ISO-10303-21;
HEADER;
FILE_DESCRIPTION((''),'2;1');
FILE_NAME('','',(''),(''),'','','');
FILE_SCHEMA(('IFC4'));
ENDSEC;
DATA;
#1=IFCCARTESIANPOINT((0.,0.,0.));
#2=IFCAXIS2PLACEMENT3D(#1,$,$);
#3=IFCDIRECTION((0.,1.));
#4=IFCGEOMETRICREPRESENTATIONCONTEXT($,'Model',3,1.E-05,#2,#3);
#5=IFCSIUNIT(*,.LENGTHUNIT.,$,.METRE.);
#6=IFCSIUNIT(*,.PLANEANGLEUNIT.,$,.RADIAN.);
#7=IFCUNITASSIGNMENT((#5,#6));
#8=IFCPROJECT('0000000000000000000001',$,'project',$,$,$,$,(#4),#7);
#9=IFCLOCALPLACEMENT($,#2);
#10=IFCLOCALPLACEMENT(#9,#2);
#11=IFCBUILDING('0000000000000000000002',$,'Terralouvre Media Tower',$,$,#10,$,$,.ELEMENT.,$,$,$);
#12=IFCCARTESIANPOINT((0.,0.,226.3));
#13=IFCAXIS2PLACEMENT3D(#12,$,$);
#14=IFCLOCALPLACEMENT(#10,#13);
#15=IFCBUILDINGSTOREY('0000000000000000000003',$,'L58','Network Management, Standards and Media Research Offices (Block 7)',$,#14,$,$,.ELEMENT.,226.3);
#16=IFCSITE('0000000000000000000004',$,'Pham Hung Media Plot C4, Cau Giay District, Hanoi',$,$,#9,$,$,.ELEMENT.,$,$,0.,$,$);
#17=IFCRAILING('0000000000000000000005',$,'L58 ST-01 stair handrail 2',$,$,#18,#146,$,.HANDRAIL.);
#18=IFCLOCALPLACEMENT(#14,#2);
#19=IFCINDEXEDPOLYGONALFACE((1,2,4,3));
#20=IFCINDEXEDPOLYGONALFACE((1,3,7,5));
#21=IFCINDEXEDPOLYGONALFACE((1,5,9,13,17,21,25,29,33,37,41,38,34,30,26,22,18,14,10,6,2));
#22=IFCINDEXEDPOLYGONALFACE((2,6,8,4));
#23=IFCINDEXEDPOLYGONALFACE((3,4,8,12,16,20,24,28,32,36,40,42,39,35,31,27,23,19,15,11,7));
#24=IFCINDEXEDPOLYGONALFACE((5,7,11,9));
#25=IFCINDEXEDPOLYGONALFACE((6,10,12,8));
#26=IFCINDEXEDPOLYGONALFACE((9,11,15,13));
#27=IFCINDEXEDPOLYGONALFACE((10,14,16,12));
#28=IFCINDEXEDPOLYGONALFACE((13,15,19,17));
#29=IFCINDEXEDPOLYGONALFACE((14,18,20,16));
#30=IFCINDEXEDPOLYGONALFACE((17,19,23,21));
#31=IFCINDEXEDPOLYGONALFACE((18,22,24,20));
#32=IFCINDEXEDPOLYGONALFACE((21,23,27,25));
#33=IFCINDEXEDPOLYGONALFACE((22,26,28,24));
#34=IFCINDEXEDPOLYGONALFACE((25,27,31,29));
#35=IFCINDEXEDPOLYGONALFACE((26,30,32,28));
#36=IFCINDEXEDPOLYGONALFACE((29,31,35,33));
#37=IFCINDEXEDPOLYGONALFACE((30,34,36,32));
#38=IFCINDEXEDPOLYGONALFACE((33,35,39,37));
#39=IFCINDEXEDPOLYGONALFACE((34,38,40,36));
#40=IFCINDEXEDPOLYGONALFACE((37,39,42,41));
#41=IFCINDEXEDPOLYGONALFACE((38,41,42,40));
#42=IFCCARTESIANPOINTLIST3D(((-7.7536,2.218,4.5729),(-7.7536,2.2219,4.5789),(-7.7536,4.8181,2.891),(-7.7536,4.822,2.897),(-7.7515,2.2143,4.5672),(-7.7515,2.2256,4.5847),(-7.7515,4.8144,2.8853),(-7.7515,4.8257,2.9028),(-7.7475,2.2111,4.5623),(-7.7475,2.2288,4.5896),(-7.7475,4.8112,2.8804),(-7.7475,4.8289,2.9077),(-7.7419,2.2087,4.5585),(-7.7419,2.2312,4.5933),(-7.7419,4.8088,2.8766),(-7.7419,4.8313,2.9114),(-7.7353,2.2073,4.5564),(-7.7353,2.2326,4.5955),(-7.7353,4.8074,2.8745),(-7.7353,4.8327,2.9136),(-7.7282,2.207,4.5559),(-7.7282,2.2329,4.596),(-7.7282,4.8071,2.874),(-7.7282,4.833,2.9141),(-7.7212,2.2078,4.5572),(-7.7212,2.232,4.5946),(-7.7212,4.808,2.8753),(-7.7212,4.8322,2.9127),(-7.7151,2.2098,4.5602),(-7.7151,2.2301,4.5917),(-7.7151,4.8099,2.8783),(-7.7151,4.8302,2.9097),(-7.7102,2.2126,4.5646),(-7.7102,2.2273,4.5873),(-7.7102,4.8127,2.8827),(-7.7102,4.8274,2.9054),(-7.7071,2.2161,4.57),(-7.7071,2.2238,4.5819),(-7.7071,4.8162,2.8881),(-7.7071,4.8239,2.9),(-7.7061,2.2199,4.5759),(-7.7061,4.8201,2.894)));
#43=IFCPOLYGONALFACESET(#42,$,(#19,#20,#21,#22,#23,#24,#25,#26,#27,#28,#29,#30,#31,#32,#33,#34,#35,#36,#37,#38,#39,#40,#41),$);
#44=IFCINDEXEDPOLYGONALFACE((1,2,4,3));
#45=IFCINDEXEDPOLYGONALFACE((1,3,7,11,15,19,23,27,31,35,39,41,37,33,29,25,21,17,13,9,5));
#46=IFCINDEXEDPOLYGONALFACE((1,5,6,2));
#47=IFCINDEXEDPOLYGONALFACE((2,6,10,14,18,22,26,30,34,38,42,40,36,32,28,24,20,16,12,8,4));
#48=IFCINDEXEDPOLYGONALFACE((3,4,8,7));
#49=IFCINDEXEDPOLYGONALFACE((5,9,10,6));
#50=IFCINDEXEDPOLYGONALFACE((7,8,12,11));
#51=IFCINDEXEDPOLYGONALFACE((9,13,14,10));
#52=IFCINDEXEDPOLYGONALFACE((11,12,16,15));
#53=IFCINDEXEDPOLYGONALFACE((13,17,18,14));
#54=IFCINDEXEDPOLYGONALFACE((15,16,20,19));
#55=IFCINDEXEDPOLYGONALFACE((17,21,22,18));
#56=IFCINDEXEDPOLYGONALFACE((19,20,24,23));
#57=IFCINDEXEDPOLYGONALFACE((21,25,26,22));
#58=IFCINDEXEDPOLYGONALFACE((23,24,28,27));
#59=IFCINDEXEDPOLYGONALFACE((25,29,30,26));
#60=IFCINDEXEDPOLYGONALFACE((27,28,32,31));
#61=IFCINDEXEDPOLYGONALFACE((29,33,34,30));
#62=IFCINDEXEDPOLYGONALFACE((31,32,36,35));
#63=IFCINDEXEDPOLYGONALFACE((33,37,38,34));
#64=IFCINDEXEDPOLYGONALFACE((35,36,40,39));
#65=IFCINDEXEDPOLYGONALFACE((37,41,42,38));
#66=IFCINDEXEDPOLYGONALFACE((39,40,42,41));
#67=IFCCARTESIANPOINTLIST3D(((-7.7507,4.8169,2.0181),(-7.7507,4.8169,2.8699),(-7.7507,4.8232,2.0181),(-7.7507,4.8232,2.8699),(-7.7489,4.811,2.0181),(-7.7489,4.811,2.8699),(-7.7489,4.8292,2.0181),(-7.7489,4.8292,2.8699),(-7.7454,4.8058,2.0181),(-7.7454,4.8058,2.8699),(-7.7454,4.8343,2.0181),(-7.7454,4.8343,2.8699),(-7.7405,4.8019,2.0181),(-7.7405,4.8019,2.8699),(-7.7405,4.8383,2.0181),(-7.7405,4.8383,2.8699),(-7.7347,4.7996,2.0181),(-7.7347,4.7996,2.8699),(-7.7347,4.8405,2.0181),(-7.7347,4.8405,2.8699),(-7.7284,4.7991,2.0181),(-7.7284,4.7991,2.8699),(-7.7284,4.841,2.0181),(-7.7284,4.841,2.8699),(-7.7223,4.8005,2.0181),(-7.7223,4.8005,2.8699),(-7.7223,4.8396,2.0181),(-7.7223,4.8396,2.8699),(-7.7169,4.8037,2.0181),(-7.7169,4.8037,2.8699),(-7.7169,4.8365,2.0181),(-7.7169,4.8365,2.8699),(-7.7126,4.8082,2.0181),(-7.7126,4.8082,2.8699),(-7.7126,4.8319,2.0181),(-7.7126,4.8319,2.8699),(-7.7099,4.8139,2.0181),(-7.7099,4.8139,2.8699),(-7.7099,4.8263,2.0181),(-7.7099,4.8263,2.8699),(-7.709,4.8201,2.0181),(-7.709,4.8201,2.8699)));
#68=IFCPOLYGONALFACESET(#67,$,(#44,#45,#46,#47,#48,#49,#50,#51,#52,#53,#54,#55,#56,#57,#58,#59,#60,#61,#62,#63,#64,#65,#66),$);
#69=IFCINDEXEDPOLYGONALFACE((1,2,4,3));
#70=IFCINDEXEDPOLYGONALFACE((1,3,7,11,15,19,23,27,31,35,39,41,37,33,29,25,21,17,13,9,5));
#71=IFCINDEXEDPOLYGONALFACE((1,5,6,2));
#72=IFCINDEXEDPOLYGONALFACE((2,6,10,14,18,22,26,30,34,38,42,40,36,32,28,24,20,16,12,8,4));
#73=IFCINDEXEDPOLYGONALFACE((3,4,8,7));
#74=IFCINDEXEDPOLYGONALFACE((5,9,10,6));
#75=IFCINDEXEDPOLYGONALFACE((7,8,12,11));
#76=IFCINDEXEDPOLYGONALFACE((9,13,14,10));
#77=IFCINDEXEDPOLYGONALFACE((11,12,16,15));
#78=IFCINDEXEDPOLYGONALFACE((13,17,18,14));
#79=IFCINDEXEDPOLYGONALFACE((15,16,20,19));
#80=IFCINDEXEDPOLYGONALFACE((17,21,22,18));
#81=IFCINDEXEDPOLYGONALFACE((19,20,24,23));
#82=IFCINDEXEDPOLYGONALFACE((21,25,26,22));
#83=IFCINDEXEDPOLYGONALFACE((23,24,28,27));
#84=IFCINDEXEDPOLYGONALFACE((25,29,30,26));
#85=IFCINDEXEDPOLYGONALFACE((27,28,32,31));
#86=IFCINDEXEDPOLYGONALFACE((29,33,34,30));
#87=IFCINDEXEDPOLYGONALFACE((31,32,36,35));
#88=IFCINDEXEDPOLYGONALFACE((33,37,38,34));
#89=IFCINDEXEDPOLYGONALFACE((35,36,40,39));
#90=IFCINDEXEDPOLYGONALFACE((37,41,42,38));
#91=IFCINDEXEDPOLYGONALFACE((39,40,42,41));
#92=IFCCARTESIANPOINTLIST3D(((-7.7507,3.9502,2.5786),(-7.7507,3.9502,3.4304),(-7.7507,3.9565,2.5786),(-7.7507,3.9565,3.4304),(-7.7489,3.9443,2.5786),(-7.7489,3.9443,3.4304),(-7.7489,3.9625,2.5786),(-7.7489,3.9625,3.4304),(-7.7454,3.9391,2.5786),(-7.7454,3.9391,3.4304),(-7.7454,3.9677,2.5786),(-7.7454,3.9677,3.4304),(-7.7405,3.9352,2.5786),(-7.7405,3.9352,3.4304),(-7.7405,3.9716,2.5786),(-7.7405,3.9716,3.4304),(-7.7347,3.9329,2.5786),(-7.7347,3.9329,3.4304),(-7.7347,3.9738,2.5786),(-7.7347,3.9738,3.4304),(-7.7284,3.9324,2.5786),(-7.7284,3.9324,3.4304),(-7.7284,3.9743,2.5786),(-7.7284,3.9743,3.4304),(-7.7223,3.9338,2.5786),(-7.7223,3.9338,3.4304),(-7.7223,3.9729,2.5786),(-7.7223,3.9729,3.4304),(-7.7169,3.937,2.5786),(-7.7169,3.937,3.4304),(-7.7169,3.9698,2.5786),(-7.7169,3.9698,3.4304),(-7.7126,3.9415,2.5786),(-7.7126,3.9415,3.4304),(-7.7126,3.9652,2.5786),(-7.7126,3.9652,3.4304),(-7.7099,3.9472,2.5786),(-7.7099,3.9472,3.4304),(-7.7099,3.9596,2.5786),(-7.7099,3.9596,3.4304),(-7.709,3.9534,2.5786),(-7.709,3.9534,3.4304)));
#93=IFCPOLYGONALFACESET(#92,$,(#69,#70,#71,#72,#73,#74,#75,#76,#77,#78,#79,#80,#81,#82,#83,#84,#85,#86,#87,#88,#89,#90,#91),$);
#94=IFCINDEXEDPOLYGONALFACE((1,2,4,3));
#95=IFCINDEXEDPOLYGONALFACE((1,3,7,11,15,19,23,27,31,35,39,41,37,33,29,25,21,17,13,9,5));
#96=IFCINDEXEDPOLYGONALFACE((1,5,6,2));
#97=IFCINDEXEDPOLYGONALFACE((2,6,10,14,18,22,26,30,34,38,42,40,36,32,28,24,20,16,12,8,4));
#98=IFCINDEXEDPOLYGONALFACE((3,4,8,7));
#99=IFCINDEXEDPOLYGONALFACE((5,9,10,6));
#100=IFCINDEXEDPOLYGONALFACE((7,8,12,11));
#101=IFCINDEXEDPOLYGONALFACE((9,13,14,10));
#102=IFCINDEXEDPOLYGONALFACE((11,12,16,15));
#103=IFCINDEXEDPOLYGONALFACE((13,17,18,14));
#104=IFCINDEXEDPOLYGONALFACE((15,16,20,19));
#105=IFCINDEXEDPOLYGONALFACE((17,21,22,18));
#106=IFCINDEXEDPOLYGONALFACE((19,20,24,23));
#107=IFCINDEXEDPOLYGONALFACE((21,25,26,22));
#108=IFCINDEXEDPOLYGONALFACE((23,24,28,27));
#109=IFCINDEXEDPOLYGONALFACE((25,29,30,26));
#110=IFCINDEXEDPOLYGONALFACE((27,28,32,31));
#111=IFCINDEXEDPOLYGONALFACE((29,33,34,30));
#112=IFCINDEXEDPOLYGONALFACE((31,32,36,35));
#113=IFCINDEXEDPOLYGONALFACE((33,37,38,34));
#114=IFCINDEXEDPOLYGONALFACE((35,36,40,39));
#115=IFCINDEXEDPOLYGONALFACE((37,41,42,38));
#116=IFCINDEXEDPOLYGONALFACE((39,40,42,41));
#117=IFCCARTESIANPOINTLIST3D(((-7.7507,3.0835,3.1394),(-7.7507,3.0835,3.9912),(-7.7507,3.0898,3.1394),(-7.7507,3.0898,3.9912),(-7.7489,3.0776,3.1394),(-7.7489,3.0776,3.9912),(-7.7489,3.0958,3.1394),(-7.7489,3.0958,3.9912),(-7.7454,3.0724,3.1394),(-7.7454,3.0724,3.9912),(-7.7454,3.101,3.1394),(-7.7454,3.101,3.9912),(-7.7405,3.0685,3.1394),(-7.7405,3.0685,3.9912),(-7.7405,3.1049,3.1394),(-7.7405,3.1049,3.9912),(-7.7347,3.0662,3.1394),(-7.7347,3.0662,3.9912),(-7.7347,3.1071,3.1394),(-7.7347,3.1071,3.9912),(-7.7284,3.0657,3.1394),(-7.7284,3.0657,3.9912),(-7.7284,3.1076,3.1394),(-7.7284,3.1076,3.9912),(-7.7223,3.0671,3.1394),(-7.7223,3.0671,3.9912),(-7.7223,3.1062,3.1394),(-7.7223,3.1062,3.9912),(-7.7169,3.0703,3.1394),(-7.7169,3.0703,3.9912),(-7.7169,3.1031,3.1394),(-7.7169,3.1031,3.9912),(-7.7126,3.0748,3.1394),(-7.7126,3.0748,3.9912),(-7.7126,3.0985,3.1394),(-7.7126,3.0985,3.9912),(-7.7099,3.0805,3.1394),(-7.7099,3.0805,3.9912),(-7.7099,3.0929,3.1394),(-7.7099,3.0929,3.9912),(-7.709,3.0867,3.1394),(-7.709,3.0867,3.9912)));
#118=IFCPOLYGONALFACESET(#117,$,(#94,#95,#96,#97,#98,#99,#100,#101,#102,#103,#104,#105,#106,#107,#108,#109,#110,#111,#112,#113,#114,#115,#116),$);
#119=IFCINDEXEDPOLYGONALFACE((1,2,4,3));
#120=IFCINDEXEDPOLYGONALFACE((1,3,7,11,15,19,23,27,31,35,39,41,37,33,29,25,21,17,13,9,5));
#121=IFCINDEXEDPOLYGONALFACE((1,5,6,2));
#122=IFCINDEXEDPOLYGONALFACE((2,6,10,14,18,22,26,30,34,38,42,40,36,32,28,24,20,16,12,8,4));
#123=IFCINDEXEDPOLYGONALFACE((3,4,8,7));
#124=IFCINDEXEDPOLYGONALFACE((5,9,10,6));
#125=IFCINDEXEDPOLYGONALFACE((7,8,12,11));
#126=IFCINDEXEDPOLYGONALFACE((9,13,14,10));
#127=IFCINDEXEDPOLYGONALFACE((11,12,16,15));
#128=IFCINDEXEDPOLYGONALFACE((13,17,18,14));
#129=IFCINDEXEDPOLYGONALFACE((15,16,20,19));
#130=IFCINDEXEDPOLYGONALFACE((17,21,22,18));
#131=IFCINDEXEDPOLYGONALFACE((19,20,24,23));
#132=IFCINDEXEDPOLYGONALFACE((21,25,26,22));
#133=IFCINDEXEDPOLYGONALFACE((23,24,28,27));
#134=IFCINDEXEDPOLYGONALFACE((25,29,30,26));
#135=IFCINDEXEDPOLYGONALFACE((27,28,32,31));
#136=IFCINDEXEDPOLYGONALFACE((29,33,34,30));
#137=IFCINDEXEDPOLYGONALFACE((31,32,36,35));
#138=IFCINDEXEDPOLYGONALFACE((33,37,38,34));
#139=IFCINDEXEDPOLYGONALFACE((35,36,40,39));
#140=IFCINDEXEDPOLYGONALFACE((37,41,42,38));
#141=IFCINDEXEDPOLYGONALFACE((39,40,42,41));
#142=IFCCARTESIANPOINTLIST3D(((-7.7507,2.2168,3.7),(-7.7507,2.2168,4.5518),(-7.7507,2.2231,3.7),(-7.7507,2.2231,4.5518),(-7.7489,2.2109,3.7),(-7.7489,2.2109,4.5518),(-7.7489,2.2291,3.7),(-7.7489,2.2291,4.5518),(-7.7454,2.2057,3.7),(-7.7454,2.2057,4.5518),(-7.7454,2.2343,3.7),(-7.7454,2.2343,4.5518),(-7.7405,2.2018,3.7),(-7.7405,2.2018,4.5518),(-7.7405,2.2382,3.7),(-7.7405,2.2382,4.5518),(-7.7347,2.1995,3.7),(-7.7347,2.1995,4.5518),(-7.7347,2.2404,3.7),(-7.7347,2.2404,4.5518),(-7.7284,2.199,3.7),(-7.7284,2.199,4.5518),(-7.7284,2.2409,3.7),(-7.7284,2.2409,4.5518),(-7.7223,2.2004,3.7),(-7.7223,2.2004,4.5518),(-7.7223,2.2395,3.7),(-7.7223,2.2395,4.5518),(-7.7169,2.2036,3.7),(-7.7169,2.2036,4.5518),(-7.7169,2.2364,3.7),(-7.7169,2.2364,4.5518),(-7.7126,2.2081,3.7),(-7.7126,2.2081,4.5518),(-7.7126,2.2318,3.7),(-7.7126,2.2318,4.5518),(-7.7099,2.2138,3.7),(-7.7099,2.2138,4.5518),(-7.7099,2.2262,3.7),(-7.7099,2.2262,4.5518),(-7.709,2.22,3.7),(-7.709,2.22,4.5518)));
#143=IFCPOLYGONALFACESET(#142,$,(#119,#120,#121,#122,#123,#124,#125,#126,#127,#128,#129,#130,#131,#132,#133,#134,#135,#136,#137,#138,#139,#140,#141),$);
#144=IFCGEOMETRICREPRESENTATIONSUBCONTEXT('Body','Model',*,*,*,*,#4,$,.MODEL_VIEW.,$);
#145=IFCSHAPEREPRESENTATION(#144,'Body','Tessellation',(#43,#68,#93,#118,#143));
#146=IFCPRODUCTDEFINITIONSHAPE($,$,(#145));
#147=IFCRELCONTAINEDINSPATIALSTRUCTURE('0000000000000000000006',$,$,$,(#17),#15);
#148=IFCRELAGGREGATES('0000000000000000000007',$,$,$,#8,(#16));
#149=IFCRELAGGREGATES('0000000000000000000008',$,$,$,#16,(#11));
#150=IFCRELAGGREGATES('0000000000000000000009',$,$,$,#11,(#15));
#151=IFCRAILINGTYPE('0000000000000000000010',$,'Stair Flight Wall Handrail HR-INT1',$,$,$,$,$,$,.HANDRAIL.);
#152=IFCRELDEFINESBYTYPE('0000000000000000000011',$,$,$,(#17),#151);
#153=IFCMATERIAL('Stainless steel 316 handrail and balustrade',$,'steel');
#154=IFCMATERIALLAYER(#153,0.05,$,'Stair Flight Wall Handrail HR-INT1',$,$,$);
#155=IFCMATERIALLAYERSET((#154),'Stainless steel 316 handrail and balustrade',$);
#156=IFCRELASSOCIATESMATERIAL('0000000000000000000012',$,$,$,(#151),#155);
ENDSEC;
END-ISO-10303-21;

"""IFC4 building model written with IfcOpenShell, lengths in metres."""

from ifc_helpers import new_model, si_unit, direction, frame, origin, origin_2d, place, context, subcontext, project, spatial, circle, extrude, material, layer, layer_set, type_object, element, save


model = new_model("IFC4")

# Units and contexts
model_context = context("Model", 3, precision=1e-05, world=origin(), true_north=direction((0.0, 1.0)))
body_context = subcontext(model_context, "Body", "Model", "MODEL_VIEW")
ifc_project = project(units=[si_unit("LENGTHUNIT", "METRE"), si_unit("PLANEANGLEUNIT", "RADIAN")], contexts=[model_context])

# Site, building, storey
site_placement = place(None, origin())
site = spatial("IfcSite", under=ifc_project, at=site_placement, Name="Pham Hung Media Plot C4, Cau Giay District, Hanoi", CompositionType="ELEMENT", RefElevation=0.0)
building_placement = place(site_placement, origin())
building = spatial("IfcBuilding", under=site, at=building_placement, Name="Terralouvre Media Tower", CompositionType="ELEMENT")
storey_placement = place(building_placement, frame((0.0, 0.0, 226.3)))
storey = spatial("IfcBuildingStorey", under=building, at=storey_placement, Name="L58", Description="Network Management, Standards and Media Research Offices (Block 7)", CompositionType="ELEMENT", Elevation=226.3)

# Railing
ifc_material_1 = material(Name="Stainless steel 316 handrail and balustrade", Category="steel")
ifc_layer_1 = layer(ifc_material_1, 0.05, Name="Stair Flight Wall Handrail HR-INT1")
ifc_layer_set_1 = layer_set([ifc_layer_1], Name="Stainless steel 316 handrail and balustrade")
railing_type_1 = type_object("IfcRailingType", Name="Stair Flight Wall Handrail HR-INT1", PredefinedType="HANDRAIL", material=ifc_layer_set_1)
railing_1_placement = place(storey_placement, frame((-7.73, 4.8201, 2.0181)))
element("IfcRailing", 1, at=railing_1_placement, inside=storey, type_object=railing_type_1, Name="L58 ST-01 stair handrail 2", PredefinedType="HANDRAIL", context=body_context, shape_type="SweptSolid", body=[
    extrude(circle(Radius=0.0239, at=origin_2d()), frame((0.0, 0.0, 0.876), z_axis=(0.0, -0.839648, 0.54313), x_axis=(1.0, 0.0, 0.0)), (0.0, 0.0, 1.0), 3.0967),
    extrude(circle(Radius=0.021, at=origin_2d()), origin(), (0.0, 0.0, 1.0), 0.8518),
    extrude(circle(Radius=0.021, at=origin_2d()), frame((0.0, -0.8667, 0.5605)), (0.0, 0.0, 1.0), 0.8518),
    extrude(circle(Radius=0.021, at=origin_2d()), frame((0.0, -1.7334, 1.1213)), (0.0, 0.0, 1.0), 0.8518),
    extrude(circle(Radius=0.021, at=origin_2d()), frame((0.0, -2.6001, 1.6819)), (0.0, 0.0, 1.0), 0.8518),
])

save(model, "model.ifc")
